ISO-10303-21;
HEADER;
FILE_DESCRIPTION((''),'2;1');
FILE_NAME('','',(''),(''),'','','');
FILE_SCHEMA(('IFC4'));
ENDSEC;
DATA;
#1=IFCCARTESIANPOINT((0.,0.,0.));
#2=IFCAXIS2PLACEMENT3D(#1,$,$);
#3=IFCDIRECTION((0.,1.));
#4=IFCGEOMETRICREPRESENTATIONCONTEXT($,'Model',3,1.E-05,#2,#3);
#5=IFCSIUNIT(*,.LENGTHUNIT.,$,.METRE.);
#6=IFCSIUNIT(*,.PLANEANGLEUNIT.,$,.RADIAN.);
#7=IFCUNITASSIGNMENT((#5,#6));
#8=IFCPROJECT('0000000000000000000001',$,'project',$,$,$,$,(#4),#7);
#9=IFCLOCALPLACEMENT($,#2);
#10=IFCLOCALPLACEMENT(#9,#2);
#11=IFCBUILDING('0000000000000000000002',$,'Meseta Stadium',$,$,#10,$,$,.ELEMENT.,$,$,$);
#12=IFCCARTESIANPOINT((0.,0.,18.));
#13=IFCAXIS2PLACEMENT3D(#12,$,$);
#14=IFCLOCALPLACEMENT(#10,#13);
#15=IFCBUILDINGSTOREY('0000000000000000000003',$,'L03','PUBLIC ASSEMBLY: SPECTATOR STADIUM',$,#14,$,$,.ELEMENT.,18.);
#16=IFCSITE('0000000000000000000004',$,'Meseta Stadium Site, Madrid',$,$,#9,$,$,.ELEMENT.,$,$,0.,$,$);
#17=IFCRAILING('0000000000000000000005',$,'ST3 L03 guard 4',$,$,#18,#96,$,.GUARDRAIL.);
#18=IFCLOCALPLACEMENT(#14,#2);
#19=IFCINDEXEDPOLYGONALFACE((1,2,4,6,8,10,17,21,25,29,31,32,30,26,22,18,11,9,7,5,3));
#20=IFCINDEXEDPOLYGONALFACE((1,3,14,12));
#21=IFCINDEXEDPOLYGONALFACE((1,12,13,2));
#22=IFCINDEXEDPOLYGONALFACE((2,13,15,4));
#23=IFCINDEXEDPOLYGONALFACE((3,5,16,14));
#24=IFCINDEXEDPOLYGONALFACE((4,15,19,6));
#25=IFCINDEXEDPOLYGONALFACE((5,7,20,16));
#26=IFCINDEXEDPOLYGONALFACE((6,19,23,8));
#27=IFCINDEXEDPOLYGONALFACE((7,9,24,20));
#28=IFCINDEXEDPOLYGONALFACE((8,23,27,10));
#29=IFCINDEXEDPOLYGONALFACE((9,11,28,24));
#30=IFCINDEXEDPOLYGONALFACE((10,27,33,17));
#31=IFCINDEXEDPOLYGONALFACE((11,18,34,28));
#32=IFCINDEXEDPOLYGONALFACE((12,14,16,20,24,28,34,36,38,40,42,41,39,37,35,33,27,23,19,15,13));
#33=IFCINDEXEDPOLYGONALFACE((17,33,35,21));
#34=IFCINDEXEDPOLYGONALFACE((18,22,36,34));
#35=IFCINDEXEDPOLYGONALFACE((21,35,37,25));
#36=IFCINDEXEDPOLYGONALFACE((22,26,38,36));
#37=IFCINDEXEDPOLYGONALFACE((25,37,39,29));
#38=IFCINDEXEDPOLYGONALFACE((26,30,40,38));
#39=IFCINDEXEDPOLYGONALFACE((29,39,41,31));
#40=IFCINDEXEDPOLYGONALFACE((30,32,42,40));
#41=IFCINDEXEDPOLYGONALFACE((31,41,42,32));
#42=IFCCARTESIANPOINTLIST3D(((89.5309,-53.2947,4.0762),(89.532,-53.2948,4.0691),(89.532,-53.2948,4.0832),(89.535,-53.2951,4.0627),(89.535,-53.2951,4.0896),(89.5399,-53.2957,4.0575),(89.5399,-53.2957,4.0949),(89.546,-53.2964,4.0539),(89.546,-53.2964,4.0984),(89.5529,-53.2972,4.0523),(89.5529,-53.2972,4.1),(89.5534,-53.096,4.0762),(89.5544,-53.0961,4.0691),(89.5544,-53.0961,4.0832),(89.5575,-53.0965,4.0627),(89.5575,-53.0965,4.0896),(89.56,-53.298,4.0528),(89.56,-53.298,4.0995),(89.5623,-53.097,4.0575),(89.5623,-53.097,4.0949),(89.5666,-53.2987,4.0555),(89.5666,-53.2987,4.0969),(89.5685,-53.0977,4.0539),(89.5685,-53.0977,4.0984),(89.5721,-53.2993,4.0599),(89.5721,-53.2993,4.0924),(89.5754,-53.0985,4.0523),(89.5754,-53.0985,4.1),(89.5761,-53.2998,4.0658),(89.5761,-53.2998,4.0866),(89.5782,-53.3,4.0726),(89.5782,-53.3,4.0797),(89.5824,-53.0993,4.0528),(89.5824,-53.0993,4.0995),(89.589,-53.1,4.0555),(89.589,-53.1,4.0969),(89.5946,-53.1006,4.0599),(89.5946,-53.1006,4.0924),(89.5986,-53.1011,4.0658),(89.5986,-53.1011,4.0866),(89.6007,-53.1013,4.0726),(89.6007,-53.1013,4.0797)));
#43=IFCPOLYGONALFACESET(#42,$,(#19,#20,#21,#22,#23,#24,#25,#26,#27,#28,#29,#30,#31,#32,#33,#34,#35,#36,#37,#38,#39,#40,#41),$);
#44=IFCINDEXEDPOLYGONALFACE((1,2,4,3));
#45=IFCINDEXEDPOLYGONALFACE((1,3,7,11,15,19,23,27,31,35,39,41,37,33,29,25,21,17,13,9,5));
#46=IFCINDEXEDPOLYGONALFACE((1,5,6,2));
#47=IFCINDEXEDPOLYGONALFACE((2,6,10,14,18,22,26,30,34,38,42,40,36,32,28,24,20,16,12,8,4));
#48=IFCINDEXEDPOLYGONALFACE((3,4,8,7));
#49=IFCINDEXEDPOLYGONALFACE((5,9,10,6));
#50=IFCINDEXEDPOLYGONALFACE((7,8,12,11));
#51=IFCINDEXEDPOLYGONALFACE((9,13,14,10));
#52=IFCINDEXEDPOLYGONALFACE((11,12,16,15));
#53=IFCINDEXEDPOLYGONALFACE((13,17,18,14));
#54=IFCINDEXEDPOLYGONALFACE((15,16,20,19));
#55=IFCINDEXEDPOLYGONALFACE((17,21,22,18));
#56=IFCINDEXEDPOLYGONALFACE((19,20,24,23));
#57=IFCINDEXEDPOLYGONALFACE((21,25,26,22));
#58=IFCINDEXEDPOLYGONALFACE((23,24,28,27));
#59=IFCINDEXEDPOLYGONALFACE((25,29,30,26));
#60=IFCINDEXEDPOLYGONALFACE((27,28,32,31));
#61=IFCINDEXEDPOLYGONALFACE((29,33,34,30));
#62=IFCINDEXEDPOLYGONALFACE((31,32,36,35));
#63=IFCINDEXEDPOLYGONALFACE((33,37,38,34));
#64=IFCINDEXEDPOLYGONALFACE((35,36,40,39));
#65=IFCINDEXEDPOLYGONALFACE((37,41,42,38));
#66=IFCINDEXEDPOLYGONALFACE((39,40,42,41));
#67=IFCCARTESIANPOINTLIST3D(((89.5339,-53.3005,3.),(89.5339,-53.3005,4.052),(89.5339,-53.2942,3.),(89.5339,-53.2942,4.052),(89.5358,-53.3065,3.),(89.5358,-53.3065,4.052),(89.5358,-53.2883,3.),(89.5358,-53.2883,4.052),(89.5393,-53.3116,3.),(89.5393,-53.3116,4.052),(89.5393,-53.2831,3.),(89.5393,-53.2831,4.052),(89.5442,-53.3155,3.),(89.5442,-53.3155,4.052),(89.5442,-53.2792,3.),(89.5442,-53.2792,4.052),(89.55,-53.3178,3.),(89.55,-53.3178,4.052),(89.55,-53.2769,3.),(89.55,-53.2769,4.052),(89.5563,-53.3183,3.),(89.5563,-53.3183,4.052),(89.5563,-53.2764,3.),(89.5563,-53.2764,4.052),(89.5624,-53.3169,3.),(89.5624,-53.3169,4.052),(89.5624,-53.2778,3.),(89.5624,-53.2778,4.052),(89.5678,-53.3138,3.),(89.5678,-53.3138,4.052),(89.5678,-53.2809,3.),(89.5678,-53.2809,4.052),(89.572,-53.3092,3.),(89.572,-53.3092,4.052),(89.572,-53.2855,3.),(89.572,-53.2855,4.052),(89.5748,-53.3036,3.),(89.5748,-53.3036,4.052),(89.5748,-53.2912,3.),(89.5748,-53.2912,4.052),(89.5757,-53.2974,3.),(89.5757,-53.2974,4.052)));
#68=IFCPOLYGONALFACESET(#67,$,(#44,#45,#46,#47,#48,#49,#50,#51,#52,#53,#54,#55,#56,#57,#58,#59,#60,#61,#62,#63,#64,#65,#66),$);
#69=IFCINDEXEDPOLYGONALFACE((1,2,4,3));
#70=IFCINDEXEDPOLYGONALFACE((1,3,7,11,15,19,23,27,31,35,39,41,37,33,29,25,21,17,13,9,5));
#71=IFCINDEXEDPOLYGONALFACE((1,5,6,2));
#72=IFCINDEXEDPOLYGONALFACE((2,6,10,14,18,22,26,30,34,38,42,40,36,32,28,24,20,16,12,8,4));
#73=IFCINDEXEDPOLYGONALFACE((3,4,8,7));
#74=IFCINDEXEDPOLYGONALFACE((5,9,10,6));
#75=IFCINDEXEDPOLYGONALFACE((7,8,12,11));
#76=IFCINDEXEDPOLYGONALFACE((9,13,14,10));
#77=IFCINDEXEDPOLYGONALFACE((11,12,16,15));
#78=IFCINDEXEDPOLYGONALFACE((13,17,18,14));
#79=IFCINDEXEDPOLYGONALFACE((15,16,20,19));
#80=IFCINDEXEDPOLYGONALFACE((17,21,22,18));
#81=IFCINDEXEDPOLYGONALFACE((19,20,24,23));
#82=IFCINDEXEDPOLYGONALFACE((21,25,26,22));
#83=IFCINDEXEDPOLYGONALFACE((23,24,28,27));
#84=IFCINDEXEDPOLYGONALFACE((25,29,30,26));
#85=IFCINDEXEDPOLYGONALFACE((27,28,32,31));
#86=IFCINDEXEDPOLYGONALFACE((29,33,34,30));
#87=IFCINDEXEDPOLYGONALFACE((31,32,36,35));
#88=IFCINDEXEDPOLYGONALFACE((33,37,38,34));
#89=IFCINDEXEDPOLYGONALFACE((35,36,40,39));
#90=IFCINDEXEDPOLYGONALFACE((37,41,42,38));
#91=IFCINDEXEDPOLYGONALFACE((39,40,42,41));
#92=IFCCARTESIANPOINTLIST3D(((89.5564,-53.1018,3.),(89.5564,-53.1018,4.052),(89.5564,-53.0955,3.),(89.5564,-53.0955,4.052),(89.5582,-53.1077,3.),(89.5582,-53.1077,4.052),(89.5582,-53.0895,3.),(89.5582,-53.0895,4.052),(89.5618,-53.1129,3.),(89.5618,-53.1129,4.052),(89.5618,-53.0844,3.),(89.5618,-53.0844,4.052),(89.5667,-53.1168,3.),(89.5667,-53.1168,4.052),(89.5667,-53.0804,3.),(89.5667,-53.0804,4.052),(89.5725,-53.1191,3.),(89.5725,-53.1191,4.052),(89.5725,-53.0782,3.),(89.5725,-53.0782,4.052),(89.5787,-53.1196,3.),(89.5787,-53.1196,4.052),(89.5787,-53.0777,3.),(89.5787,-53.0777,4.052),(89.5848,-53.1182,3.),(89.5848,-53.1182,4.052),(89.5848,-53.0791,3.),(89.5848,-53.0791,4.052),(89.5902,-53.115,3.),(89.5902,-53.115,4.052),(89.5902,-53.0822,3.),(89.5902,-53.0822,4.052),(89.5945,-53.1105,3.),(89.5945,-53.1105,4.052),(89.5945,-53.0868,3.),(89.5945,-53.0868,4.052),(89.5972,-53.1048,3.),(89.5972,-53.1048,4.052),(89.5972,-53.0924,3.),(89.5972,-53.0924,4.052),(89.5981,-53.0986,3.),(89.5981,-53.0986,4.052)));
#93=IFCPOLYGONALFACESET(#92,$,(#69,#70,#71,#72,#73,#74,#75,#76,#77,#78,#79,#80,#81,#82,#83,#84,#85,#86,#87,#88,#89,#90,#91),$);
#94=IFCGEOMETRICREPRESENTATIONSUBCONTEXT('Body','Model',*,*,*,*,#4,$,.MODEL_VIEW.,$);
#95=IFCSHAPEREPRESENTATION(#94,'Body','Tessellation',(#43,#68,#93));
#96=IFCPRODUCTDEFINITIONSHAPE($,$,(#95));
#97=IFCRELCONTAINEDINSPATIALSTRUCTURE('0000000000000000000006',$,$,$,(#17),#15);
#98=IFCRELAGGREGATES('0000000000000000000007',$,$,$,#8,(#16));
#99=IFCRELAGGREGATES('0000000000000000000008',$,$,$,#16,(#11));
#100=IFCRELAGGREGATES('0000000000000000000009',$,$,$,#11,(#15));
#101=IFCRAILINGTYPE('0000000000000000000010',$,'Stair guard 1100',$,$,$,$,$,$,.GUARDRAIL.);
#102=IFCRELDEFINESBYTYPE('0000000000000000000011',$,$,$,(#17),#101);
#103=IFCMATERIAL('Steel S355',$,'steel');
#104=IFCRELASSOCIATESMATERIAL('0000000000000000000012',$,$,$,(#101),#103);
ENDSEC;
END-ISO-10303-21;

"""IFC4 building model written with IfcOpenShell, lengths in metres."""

from ifc_helpers import new_model, si_unit, direction, frame, origin, origin_2d, place, context, subcontext, project, spatial, circle, extrude, material, type_object, element, save


model = new_model("IFC4")

# Units and contexts
model_context = context("Model", 3, precision=1e-05, world=origin(), true_north=direction((0.0, 1.0)))
body_context = subcontext(model_context, "Body", "Model", "MODEL_VIEW")
ifc_project = project(units=[si_unit("LENGTHUNIT", "METRE"), si_unit("PLANEANGLEUNIT", "RADIAN")], contexts=[model_context])

# Site, building, storey
site_placement = place(None, origin())
site = spatial("IfcSite", under=ifc_project, at=site_placement, Name="Meseta Stadium Site, Madrid", CompositionType="ELEMENT", RefElevation=0.0)
building_placement = place(site_placement, origin())
building = spatial("IfcBuilding", under=site, at=building_placement, Name="Meseta Stadium", CompositionType="ELEMENT")
storey_placement = place(building_placement, frame((0.0, 0.0, 18.0)))
storey = spatial("IfcBuildingStorey", under=building, at=storey_placement, Name="L03", Description="PUBLIC ASSEMBLY: SPECTATOR STADIUM", CompositionType="ELEMENT", Elevation=18.0)

# Railing
ifc_material_1 = material(Name="Steel S355", Category="steel")
railing_type_1 = type_object("IfcRailingType", Name="Stair guard 1100", PredefinedType="GUARDRAIL", material=ifc_material_1)
railing_1_placement = place(storey_placement, frame((89.5547, -53.2974, 3.0)))
element("IfcRailing", 1, at=railing_1_placement, inside=storey, type_object=railing_type_1, Name="ST3 L03 guard 4", PredefinedType="GUARDRAIL", context=body_context, shape_type="SweptSolid", body=[
    extrude(circle(Radius=0.0239, at=origin_2d()), frame((0.0, 0.0, 1.0762), z_axis=(0.112307, 0.993674, 0.0), x_axis=(-0.993674, 0.112307, 0.0)), (0.0, 0.0, 1.0), 0.2),
    extrude(circle(Radius=0.021, at=origin_2d()), origin(), (0.0, 0.0, 1.0), 1.052),
    extrude(circle(Radius=0.021, at=origin_2d()), frame((0.0225, 0.1987, 0.0)), (0.0, 0.0, 1.0), 1.052),
])

save(model, "model.ifc")
